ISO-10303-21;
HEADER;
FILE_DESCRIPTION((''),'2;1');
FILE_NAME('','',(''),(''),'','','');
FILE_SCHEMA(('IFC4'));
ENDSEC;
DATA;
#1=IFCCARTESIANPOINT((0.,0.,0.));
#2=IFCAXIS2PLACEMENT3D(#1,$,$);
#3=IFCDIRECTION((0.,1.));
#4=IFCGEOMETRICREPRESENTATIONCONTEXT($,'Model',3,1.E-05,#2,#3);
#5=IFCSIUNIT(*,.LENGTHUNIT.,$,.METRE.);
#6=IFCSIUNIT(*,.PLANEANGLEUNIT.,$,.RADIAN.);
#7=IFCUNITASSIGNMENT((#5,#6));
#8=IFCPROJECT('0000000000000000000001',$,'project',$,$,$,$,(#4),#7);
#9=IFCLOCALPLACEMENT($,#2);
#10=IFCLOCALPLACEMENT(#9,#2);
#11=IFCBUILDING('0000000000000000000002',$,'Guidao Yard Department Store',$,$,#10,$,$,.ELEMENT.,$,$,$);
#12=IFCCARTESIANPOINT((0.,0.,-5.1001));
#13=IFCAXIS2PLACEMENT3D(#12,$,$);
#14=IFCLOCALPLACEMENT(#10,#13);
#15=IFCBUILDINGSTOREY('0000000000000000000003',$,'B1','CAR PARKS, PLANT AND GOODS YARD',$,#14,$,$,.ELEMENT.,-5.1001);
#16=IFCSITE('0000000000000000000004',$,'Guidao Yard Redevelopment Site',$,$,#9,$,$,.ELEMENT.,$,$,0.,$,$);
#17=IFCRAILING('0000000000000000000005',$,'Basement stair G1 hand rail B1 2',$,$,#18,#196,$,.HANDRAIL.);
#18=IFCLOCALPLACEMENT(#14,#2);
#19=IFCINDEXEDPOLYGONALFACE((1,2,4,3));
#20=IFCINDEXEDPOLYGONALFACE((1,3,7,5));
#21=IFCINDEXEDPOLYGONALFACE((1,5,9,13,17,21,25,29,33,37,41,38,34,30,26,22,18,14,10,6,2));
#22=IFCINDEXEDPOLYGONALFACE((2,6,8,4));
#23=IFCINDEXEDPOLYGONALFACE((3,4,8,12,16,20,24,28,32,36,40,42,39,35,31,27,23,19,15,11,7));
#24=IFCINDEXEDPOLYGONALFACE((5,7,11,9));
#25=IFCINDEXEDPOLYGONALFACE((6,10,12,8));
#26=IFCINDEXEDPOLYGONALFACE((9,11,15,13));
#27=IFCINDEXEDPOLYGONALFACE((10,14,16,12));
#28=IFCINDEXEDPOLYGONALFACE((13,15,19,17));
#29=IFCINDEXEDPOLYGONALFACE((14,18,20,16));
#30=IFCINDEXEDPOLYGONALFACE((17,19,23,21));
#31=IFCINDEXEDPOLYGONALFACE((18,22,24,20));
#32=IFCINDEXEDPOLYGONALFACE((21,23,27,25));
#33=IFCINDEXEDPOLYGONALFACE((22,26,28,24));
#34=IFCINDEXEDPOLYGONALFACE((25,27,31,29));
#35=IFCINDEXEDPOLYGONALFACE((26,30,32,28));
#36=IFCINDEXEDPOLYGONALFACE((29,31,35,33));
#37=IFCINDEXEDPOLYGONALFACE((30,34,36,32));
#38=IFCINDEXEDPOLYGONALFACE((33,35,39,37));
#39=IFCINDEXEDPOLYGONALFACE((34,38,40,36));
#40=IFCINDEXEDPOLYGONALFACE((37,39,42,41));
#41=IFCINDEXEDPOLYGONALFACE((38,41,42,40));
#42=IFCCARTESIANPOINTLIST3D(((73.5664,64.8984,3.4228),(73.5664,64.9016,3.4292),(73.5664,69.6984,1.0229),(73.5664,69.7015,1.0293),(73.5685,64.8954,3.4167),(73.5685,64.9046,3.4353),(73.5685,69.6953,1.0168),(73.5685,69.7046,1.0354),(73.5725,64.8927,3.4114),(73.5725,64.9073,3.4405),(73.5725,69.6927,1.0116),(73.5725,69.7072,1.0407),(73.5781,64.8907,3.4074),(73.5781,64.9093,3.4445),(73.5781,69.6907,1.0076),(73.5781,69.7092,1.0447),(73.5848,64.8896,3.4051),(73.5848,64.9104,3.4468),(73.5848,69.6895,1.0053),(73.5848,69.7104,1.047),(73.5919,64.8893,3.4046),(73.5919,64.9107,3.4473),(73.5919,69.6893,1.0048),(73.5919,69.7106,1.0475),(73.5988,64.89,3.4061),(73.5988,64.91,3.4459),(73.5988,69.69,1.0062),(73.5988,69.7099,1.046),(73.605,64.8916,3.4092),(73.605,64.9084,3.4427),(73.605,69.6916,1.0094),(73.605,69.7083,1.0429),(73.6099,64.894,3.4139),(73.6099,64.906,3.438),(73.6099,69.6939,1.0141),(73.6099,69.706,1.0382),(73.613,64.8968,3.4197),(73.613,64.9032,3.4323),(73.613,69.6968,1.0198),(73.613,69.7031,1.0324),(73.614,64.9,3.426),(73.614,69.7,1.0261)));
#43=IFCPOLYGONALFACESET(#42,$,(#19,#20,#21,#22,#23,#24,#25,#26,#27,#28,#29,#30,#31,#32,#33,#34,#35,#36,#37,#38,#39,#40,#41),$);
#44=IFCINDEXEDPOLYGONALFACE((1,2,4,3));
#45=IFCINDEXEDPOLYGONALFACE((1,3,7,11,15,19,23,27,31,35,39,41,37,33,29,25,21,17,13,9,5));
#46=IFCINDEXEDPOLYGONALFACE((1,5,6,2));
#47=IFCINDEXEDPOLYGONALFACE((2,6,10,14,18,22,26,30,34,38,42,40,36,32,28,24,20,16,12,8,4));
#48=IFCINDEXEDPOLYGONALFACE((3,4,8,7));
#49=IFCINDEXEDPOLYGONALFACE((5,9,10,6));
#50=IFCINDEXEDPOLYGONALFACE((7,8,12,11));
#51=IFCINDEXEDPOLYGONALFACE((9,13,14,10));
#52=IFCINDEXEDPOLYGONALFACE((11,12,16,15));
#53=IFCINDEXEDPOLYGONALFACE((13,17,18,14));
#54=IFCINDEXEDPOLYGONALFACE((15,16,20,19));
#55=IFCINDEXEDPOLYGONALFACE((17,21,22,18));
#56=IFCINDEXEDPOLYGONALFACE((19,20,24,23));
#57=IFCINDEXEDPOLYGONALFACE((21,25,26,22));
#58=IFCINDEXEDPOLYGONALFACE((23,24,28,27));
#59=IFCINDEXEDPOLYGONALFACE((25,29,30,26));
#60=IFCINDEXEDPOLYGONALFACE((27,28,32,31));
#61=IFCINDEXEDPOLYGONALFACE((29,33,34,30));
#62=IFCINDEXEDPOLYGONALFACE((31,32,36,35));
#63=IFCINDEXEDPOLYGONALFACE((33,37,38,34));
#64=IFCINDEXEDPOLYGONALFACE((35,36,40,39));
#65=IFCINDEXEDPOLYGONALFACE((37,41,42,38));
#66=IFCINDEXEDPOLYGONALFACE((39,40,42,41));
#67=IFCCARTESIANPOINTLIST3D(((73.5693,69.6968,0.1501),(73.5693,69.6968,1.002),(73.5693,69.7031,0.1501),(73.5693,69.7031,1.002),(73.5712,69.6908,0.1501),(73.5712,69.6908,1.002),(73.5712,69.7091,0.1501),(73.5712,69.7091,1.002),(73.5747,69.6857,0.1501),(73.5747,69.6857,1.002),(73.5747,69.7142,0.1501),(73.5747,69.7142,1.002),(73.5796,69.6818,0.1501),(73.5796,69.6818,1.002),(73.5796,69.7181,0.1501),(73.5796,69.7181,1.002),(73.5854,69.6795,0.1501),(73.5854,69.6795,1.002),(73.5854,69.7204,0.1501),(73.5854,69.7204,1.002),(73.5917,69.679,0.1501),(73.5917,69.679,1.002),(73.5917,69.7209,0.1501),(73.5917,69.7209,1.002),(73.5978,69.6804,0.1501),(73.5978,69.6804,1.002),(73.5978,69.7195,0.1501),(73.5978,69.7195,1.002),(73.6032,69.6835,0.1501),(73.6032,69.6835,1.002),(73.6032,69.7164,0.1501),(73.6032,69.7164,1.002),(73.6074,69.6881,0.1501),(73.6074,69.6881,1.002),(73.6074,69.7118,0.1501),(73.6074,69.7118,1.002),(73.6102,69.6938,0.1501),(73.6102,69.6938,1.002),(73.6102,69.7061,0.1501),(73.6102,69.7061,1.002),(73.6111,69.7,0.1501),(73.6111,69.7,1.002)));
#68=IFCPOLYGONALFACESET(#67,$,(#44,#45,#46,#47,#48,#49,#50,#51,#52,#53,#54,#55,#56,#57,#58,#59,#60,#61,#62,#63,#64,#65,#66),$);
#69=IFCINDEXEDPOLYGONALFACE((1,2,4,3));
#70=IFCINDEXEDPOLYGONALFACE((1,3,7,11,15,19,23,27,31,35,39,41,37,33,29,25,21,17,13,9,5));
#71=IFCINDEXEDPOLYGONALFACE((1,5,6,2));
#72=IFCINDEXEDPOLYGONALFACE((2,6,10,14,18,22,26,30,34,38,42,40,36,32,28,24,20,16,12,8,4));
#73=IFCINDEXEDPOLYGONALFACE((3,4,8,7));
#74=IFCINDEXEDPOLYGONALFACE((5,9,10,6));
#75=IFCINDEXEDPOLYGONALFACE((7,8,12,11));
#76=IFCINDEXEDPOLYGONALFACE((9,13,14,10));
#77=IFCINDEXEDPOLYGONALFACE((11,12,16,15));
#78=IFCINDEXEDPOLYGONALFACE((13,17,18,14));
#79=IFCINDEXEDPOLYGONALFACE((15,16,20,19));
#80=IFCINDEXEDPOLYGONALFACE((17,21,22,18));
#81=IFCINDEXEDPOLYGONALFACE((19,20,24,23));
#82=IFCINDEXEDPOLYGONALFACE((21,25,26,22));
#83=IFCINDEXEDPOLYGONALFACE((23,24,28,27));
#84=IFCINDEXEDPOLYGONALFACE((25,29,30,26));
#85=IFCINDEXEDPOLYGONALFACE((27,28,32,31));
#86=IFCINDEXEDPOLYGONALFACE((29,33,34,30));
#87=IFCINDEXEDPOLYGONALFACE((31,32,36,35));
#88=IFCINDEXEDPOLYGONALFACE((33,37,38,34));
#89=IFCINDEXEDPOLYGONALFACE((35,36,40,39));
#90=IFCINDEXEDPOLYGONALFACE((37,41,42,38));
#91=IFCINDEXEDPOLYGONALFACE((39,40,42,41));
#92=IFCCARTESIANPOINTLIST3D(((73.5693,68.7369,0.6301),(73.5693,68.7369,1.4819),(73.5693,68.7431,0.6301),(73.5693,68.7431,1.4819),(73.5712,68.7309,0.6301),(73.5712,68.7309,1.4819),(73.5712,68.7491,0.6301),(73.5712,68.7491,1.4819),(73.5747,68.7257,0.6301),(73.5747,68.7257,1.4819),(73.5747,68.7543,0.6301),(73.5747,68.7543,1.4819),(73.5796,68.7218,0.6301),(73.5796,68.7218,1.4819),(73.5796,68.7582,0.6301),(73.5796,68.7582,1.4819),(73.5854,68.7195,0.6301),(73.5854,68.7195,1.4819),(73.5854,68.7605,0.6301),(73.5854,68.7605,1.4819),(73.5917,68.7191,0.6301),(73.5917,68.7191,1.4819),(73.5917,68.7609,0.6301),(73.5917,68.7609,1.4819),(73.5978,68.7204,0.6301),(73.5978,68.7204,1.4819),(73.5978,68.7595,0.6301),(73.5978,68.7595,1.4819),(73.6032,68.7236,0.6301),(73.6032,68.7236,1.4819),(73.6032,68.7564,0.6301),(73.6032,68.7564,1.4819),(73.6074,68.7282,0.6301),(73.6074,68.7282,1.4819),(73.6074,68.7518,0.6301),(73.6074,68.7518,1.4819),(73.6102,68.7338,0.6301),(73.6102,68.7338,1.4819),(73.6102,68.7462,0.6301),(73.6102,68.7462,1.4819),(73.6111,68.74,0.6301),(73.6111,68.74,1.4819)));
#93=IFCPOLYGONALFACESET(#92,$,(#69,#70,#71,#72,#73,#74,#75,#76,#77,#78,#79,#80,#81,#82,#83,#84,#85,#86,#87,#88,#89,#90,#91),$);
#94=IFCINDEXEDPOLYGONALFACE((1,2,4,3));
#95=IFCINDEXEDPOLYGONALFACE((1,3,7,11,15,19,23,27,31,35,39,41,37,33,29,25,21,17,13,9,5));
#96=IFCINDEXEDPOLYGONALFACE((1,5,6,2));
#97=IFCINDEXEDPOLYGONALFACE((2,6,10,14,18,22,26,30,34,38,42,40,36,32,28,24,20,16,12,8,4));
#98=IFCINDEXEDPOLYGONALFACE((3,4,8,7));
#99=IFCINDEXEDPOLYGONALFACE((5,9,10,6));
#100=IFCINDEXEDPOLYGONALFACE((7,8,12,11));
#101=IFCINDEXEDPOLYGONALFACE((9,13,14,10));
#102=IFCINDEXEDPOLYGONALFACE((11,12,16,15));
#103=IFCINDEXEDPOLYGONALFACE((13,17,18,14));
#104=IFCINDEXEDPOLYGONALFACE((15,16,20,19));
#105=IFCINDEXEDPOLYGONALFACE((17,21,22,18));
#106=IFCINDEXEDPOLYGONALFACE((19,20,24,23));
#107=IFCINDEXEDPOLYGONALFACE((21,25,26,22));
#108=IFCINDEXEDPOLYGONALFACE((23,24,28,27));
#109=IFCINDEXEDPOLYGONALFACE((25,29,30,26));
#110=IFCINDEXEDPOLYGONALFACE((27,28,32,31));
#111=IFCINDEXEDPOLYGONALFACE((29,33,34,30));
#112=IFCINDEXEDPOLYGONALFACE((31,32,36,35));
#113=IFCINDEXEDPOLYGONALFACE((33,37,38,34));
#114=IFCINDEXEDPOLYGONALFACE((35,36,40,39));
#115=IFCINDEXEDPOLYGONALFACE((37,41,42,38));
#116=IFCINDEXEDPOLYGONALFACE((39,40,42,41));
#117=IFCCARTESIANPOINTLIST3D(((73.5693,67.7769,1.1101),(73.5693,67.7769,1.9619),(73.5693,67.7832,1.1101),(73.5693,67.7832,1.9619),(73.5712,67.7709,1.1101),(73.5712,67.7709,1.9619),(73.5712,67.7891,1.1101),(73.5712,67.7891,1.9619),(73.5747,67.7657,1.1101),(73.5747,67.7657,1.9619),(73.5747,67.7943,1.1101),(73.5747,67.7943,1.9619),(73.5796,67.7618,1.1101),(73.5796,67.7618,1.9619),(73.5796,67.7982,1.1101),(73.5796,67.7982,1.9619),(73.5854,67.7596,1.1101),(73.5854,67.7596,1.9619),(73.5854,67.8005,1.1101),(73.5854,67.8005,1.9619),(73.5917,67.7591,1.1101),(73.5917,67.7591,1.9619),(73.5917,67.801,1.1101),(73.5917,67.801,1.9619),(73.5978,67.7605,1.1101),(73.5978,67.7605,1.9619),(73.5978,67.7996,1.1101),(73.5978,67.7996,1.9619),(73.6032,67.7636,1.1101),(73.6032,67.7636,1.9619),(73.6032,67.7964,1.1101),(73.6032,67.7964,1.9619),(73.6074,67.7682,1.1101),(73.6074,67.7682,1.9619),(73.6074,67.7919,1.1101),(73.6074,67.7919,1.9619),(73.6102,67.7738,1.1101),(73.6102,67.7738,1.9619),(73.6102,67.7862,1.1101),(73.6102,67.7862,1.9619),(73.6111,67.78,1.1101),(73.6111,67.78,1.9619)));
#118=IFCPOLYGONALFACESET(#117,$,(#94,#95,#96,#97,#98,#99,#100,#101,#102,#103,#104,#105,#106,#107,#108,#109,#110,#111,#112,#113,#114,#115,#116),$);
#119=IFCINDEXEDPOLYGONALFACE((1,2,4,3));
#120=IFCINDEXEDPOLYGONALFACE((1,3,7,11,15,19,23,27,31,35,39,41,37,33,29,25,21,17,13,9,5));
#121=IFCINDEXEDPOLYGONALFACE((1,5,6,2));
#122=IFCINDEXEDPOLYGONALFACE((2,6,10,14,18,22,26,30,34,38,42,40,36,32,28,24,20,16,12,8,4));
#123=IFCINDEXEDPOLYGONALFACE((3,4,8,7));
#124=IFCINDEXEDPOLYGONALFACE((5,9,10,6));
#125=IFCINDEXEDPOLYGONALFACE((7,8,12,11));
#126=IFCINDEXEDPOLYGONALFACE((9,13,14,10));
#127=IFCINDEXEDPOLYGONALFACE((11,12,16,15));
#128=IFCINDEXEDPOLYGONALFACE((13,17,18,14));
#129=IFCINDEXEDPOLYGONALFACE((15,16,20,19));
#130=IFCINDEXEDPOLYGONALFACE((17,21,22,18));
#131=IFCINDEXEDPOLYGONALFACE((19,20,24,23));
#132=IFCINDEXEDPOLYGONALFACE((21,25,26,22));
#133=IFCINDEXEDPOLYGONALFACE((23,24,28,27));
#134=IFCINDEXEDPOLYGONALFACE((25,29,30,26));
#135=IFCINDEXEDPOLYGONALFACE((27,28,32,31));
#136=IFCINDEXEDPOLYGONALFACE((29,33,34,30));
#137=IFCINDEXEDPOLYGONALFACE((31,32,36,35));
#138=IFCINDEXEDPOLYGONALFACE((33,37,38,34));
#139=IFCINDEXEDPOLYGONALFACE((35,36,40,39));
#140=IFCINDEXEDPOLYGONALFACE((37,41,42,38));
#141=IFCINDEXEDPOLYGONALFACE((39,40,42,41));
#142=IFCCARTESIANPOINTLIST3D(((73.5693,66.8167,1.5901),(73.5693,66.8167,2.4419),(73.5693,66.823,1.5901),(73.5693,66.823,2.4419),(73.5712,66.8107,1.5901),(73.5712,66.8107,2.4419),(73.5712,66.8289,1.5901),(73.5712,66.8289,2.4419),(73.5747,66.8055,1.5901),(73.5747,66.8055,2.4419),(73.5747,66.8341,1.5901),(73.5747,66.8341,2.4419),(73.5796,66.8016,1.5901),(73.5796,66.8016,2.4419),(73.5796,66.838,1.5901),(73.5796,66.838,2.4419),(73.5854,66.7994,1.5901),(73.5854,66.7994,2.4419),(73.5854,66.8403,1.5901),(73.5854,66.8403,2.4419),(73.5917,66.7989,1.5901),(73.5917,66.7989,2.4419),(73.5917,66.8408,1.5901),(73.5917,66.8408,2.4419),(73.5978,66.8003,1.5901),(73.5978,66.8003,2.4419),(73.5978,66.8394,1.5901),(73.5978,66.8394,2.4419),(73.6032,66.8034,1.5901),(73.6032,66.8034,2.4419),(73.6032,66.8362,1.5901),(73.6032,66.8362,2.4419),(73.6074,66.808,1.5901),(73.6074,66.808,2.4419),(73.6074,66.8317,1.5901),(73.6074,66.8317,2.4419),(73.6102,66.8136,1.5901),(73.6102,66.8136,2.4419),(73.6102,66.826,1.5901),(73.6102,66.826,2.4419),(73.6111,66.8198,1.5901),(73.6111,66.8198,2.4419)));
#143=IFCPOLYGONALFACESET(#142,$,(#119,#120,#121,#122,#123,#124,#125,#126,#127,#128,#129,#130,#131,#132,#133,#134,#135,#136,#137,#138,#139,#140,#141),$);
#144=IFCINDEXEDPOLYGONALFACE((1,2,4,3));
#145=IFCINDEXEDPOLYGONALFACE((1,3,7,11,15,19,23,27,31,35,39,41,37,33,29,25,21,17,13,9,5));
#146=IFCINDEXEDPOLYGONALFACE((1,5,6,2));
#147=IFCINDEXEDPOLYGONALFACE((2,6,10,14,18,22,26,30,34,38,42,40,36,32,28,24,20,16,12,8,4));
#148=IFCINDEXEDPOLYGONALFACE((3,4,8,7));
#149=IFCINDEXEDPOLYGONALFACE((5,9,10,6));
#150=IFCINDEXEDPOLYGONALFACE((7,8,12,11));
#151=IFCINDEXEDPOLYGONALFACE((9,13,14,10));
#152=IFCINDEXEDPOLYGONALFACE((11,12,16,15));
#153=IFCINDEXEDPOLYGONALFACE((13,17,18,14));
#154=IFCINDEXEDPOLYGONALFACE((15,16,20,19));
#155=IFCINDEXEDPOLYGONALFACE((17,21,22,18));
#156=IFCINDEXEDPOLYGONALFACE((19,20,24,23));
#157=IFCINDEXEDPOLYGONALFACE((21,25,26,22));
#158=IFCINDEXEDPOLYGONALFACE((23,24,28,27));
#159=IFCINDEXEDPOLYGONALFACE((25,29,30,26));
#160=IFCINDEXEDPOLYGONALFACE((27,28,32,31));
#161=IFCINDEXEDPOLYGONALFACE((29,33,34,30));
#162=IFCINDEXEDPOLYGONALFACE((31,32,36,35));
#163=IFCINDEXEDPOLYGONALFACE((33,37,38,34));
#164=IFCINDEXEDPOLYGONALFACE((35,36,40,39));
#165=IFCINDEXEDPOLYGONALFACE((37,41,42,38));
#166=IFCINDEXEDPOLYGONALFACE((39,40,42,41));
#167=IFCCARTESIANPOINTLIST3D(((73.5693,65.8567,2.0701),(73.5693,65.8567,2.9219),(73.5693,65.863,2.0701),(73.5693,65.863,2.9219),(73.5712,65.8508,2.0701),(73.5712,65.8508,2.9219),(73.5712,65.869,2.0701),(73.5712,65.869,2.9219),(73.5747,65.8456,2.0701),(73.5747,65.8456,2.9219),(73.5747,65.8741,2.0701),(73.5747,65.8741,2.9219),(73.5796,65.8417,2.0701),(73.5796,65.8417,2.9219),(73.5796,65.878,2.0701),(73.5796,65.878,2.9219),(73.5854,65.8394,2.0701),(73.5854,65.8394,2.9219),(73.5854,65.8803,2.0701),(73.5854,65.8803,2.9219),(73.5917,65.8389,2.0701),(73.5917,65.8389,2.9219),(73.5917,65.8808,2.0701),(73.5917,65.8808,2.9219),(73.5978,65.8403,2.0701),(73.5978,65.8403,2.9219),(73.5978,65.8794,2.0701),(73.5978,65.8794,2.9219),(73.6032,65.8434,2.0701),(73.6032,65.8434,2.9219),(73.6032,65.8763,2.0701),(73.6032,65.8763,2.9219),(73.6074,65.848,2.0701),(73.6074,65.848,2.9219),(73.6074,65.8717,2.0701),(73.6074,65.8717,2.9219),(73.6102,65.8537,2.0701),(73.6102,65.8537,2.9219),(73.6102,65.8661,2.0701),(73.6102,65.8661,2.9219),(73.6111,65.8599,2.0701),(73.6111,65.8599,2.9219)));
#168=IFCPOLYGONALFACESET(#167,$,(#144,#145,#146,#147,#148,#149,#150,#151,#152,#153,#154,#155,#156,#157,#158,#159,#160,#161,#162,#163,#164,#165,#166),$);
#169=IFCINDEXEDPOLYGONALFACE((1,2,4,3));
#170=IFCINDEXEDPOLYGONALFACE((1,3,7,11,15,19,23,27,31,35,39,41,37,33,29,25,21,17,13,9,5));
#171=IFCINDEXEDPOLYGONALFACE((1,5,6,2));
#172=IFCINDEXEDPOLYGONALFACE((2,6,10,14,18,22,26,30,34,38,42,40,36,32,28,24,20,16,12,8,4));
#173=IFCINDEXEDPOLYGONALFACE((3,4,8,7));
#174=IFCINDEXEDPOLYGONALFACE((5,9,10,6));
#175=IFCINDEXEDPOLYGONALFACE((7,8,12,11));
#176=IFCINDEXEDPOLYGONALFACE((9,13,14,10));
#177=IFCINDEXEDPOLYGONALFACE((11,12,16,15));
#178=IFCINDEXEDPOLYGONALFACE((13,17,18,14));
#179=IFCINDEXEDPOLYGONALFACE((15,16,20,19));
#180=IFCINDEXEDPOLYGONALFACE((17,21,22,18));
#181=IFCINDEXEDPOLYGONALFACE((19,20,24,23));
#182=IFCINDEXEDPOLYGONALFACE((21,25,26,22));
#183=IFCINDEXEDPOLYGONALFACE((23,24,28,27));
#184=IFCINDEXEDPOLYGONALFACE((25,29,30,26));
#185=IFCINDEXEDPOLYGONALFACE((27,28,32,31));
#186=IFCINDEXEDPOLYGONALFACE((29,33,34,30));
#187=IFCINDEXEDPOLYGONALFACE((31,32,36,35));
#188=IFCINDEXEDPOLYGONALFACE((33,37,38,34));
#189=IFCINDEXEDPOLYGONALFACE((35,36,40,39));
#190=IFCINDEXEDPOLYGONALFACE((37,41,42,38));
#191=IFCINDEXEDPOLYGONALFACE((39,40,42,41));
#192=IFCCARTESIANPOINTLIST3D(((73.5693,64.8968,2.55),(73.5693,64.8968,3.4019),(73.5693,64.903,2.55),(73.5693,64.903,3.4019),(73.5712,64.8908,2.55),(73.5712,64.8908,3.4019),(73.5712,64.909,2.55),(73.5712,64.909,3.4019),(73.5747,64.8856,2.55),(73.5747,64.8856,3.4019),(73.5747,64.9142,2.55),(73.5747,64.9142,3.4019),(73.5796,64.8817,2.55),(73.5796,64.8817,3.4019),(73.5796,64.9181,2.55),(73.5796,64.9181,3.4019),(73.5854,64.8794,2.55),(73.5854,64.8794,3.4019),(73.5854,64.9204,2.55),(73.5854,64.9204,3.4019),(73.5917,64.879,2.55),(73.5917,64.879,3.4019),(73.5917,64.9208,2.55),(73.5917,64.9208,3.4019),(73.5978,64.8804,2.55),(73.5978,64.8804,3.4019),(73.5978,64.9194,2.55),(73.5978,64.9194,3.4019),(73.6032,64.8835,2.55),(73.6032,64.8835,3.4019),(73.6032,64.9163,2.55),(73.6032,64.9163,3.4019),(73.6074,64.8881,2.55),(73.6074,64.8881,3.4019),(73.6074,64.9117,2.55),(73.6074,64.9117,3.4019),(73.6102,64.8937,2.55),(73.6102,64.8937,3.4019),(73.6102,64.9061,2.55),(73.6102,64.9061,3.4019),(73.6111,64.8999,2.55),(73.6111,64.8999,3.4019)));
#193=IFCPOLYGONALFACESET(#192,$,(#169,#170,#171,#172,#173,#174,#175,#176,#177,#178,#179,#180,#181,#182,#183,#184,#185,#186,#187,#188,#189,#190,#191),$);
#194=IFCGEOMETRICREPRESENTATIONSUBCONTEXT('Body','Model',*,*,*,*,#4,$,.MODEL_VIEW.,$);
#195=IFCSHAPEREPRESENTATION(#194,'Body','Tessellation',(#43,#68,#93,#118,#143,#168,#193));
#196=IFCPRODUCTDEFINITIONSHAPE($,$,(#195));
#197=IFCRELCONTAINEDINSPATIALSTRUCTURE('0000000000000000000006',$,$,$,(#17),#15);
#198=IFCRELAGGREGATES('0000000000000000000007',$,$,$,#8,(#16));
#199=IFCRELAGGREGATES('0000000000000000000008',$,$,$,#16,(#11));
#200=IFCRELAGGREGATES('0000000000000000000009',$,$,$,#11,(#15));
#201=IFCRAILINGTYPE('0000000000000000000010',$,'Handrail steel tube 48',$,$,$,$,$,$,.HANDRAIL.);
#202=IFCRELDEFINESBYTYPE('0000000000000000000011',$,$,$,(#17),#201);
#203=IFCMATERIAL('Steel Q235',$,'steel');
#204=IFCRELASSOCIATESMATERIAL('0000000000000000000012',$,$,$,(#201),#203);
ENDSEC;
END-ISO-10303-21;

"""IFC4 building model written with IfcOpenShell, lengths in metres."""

from ifc_helpers import new_model, si_unit, direction, frame, origin, origin_2d, place, context, subcontext, project, spatial, circle, extrude, material, type_object, element, save


model = new_model("IFC4")

# Units and contexts
model_context = context("Model", 3, precision=1e-05, world=origin(), true_north=direction((0.0, 1.0)))
body_context = subcontext(model_context, "Body", "Model", "MODEL_VIEW")
ifc_project = project(units=[si_unit("LENGTHUNIT", "METRE"), si_unit("PLANEANGLEUNIT", "RADIAN")], contexts=[model_context])

# Site, building, storey
site_placement = place(None, origin())
site = spatial("IfcSite", under=ifc_project, at=site_placement, Name="Guidao Yard Redevelopment Site", CompositionType="ELEMENT", RefElevation=0.0)
building_placement = place(site_placement, origin())
building = spatial("IfcBuilding", under=site, at=building_placement, Name="Guidao Yard Department Store", CompositionType="ELEMENT")
storey_placement = place(building_placement, frame((0.0, 0.0, -5.1001)))
storey = spatial("IfcBuildingStorey", under=building, at=storey_placement, Name="B1", Description="CAR PARKS, PLANT AND GOODS YARD", CompositionType="ELEMENT", Elevation=-5.1001)

# Railing
ifc_material_1 = material(Name="Steel Q235", Category="steel")
railing_type_1 = type_object("IfcRailingType", Name="Handrail steel tube 48", PredefinedType="HANDRAIL", material=ifc_material_1)
railing_1_placement = place(storey_placement, frame((73.5901, 69.7, 0.1501)))
element("IfcRailing", 1, at=railing_1_placement, inside=storey, type_object=railing_type_1, Name="Basement stair G1 hand rail B1 2", PredefinedType="HANDRAIL", context=body_context, shape_type="SweptSolid", body=[
    extrude(circle(Radius=0.0239, at=origin_2d()), frame((0.0, 0.0, 0.876), z_axis=(0.0, -0.894436, 0.447195), x_axis=(1.0, 0.0, 0.0)), (0.0, 0.0, 1.0), 5.3665),
    extrude(circle(Radius=0.021, at=origin_2d()), origin(), (0.0, 0.0, 1.0), 0.8518),
    extrude(circle(Radius=0.021, at=origin_2d()), frame((0.0, -0.96, 0.48)), (0.0, 0.0, 1.0), 0.8518),
    extrude(circle(Radius=0.021, at=origin_2d()), frame((0.0, -1.9199, 0.96)), (0.0, 0.0, 1.0), 0.8518),
    extrude(circle(Radius=0.021, at=origin_2d()), frame((0.0, -2.8801, 1.4399)), (0.0, 0.0, 1.0), 0.8518),
    extrude(circle(Radius=0.021, at=origin_2d()), frame((0.0, -3.8401, 1.9199)), (0.0, 0.0, 1.0), 0.8518),
    extrude(circle(Radius=0.021, at=origin_2d()), frame((0.0, -4.8, 2.3999)), (0.0, 0.0, 1.0), 0.8518),
])

save(model, "model.ifc")
